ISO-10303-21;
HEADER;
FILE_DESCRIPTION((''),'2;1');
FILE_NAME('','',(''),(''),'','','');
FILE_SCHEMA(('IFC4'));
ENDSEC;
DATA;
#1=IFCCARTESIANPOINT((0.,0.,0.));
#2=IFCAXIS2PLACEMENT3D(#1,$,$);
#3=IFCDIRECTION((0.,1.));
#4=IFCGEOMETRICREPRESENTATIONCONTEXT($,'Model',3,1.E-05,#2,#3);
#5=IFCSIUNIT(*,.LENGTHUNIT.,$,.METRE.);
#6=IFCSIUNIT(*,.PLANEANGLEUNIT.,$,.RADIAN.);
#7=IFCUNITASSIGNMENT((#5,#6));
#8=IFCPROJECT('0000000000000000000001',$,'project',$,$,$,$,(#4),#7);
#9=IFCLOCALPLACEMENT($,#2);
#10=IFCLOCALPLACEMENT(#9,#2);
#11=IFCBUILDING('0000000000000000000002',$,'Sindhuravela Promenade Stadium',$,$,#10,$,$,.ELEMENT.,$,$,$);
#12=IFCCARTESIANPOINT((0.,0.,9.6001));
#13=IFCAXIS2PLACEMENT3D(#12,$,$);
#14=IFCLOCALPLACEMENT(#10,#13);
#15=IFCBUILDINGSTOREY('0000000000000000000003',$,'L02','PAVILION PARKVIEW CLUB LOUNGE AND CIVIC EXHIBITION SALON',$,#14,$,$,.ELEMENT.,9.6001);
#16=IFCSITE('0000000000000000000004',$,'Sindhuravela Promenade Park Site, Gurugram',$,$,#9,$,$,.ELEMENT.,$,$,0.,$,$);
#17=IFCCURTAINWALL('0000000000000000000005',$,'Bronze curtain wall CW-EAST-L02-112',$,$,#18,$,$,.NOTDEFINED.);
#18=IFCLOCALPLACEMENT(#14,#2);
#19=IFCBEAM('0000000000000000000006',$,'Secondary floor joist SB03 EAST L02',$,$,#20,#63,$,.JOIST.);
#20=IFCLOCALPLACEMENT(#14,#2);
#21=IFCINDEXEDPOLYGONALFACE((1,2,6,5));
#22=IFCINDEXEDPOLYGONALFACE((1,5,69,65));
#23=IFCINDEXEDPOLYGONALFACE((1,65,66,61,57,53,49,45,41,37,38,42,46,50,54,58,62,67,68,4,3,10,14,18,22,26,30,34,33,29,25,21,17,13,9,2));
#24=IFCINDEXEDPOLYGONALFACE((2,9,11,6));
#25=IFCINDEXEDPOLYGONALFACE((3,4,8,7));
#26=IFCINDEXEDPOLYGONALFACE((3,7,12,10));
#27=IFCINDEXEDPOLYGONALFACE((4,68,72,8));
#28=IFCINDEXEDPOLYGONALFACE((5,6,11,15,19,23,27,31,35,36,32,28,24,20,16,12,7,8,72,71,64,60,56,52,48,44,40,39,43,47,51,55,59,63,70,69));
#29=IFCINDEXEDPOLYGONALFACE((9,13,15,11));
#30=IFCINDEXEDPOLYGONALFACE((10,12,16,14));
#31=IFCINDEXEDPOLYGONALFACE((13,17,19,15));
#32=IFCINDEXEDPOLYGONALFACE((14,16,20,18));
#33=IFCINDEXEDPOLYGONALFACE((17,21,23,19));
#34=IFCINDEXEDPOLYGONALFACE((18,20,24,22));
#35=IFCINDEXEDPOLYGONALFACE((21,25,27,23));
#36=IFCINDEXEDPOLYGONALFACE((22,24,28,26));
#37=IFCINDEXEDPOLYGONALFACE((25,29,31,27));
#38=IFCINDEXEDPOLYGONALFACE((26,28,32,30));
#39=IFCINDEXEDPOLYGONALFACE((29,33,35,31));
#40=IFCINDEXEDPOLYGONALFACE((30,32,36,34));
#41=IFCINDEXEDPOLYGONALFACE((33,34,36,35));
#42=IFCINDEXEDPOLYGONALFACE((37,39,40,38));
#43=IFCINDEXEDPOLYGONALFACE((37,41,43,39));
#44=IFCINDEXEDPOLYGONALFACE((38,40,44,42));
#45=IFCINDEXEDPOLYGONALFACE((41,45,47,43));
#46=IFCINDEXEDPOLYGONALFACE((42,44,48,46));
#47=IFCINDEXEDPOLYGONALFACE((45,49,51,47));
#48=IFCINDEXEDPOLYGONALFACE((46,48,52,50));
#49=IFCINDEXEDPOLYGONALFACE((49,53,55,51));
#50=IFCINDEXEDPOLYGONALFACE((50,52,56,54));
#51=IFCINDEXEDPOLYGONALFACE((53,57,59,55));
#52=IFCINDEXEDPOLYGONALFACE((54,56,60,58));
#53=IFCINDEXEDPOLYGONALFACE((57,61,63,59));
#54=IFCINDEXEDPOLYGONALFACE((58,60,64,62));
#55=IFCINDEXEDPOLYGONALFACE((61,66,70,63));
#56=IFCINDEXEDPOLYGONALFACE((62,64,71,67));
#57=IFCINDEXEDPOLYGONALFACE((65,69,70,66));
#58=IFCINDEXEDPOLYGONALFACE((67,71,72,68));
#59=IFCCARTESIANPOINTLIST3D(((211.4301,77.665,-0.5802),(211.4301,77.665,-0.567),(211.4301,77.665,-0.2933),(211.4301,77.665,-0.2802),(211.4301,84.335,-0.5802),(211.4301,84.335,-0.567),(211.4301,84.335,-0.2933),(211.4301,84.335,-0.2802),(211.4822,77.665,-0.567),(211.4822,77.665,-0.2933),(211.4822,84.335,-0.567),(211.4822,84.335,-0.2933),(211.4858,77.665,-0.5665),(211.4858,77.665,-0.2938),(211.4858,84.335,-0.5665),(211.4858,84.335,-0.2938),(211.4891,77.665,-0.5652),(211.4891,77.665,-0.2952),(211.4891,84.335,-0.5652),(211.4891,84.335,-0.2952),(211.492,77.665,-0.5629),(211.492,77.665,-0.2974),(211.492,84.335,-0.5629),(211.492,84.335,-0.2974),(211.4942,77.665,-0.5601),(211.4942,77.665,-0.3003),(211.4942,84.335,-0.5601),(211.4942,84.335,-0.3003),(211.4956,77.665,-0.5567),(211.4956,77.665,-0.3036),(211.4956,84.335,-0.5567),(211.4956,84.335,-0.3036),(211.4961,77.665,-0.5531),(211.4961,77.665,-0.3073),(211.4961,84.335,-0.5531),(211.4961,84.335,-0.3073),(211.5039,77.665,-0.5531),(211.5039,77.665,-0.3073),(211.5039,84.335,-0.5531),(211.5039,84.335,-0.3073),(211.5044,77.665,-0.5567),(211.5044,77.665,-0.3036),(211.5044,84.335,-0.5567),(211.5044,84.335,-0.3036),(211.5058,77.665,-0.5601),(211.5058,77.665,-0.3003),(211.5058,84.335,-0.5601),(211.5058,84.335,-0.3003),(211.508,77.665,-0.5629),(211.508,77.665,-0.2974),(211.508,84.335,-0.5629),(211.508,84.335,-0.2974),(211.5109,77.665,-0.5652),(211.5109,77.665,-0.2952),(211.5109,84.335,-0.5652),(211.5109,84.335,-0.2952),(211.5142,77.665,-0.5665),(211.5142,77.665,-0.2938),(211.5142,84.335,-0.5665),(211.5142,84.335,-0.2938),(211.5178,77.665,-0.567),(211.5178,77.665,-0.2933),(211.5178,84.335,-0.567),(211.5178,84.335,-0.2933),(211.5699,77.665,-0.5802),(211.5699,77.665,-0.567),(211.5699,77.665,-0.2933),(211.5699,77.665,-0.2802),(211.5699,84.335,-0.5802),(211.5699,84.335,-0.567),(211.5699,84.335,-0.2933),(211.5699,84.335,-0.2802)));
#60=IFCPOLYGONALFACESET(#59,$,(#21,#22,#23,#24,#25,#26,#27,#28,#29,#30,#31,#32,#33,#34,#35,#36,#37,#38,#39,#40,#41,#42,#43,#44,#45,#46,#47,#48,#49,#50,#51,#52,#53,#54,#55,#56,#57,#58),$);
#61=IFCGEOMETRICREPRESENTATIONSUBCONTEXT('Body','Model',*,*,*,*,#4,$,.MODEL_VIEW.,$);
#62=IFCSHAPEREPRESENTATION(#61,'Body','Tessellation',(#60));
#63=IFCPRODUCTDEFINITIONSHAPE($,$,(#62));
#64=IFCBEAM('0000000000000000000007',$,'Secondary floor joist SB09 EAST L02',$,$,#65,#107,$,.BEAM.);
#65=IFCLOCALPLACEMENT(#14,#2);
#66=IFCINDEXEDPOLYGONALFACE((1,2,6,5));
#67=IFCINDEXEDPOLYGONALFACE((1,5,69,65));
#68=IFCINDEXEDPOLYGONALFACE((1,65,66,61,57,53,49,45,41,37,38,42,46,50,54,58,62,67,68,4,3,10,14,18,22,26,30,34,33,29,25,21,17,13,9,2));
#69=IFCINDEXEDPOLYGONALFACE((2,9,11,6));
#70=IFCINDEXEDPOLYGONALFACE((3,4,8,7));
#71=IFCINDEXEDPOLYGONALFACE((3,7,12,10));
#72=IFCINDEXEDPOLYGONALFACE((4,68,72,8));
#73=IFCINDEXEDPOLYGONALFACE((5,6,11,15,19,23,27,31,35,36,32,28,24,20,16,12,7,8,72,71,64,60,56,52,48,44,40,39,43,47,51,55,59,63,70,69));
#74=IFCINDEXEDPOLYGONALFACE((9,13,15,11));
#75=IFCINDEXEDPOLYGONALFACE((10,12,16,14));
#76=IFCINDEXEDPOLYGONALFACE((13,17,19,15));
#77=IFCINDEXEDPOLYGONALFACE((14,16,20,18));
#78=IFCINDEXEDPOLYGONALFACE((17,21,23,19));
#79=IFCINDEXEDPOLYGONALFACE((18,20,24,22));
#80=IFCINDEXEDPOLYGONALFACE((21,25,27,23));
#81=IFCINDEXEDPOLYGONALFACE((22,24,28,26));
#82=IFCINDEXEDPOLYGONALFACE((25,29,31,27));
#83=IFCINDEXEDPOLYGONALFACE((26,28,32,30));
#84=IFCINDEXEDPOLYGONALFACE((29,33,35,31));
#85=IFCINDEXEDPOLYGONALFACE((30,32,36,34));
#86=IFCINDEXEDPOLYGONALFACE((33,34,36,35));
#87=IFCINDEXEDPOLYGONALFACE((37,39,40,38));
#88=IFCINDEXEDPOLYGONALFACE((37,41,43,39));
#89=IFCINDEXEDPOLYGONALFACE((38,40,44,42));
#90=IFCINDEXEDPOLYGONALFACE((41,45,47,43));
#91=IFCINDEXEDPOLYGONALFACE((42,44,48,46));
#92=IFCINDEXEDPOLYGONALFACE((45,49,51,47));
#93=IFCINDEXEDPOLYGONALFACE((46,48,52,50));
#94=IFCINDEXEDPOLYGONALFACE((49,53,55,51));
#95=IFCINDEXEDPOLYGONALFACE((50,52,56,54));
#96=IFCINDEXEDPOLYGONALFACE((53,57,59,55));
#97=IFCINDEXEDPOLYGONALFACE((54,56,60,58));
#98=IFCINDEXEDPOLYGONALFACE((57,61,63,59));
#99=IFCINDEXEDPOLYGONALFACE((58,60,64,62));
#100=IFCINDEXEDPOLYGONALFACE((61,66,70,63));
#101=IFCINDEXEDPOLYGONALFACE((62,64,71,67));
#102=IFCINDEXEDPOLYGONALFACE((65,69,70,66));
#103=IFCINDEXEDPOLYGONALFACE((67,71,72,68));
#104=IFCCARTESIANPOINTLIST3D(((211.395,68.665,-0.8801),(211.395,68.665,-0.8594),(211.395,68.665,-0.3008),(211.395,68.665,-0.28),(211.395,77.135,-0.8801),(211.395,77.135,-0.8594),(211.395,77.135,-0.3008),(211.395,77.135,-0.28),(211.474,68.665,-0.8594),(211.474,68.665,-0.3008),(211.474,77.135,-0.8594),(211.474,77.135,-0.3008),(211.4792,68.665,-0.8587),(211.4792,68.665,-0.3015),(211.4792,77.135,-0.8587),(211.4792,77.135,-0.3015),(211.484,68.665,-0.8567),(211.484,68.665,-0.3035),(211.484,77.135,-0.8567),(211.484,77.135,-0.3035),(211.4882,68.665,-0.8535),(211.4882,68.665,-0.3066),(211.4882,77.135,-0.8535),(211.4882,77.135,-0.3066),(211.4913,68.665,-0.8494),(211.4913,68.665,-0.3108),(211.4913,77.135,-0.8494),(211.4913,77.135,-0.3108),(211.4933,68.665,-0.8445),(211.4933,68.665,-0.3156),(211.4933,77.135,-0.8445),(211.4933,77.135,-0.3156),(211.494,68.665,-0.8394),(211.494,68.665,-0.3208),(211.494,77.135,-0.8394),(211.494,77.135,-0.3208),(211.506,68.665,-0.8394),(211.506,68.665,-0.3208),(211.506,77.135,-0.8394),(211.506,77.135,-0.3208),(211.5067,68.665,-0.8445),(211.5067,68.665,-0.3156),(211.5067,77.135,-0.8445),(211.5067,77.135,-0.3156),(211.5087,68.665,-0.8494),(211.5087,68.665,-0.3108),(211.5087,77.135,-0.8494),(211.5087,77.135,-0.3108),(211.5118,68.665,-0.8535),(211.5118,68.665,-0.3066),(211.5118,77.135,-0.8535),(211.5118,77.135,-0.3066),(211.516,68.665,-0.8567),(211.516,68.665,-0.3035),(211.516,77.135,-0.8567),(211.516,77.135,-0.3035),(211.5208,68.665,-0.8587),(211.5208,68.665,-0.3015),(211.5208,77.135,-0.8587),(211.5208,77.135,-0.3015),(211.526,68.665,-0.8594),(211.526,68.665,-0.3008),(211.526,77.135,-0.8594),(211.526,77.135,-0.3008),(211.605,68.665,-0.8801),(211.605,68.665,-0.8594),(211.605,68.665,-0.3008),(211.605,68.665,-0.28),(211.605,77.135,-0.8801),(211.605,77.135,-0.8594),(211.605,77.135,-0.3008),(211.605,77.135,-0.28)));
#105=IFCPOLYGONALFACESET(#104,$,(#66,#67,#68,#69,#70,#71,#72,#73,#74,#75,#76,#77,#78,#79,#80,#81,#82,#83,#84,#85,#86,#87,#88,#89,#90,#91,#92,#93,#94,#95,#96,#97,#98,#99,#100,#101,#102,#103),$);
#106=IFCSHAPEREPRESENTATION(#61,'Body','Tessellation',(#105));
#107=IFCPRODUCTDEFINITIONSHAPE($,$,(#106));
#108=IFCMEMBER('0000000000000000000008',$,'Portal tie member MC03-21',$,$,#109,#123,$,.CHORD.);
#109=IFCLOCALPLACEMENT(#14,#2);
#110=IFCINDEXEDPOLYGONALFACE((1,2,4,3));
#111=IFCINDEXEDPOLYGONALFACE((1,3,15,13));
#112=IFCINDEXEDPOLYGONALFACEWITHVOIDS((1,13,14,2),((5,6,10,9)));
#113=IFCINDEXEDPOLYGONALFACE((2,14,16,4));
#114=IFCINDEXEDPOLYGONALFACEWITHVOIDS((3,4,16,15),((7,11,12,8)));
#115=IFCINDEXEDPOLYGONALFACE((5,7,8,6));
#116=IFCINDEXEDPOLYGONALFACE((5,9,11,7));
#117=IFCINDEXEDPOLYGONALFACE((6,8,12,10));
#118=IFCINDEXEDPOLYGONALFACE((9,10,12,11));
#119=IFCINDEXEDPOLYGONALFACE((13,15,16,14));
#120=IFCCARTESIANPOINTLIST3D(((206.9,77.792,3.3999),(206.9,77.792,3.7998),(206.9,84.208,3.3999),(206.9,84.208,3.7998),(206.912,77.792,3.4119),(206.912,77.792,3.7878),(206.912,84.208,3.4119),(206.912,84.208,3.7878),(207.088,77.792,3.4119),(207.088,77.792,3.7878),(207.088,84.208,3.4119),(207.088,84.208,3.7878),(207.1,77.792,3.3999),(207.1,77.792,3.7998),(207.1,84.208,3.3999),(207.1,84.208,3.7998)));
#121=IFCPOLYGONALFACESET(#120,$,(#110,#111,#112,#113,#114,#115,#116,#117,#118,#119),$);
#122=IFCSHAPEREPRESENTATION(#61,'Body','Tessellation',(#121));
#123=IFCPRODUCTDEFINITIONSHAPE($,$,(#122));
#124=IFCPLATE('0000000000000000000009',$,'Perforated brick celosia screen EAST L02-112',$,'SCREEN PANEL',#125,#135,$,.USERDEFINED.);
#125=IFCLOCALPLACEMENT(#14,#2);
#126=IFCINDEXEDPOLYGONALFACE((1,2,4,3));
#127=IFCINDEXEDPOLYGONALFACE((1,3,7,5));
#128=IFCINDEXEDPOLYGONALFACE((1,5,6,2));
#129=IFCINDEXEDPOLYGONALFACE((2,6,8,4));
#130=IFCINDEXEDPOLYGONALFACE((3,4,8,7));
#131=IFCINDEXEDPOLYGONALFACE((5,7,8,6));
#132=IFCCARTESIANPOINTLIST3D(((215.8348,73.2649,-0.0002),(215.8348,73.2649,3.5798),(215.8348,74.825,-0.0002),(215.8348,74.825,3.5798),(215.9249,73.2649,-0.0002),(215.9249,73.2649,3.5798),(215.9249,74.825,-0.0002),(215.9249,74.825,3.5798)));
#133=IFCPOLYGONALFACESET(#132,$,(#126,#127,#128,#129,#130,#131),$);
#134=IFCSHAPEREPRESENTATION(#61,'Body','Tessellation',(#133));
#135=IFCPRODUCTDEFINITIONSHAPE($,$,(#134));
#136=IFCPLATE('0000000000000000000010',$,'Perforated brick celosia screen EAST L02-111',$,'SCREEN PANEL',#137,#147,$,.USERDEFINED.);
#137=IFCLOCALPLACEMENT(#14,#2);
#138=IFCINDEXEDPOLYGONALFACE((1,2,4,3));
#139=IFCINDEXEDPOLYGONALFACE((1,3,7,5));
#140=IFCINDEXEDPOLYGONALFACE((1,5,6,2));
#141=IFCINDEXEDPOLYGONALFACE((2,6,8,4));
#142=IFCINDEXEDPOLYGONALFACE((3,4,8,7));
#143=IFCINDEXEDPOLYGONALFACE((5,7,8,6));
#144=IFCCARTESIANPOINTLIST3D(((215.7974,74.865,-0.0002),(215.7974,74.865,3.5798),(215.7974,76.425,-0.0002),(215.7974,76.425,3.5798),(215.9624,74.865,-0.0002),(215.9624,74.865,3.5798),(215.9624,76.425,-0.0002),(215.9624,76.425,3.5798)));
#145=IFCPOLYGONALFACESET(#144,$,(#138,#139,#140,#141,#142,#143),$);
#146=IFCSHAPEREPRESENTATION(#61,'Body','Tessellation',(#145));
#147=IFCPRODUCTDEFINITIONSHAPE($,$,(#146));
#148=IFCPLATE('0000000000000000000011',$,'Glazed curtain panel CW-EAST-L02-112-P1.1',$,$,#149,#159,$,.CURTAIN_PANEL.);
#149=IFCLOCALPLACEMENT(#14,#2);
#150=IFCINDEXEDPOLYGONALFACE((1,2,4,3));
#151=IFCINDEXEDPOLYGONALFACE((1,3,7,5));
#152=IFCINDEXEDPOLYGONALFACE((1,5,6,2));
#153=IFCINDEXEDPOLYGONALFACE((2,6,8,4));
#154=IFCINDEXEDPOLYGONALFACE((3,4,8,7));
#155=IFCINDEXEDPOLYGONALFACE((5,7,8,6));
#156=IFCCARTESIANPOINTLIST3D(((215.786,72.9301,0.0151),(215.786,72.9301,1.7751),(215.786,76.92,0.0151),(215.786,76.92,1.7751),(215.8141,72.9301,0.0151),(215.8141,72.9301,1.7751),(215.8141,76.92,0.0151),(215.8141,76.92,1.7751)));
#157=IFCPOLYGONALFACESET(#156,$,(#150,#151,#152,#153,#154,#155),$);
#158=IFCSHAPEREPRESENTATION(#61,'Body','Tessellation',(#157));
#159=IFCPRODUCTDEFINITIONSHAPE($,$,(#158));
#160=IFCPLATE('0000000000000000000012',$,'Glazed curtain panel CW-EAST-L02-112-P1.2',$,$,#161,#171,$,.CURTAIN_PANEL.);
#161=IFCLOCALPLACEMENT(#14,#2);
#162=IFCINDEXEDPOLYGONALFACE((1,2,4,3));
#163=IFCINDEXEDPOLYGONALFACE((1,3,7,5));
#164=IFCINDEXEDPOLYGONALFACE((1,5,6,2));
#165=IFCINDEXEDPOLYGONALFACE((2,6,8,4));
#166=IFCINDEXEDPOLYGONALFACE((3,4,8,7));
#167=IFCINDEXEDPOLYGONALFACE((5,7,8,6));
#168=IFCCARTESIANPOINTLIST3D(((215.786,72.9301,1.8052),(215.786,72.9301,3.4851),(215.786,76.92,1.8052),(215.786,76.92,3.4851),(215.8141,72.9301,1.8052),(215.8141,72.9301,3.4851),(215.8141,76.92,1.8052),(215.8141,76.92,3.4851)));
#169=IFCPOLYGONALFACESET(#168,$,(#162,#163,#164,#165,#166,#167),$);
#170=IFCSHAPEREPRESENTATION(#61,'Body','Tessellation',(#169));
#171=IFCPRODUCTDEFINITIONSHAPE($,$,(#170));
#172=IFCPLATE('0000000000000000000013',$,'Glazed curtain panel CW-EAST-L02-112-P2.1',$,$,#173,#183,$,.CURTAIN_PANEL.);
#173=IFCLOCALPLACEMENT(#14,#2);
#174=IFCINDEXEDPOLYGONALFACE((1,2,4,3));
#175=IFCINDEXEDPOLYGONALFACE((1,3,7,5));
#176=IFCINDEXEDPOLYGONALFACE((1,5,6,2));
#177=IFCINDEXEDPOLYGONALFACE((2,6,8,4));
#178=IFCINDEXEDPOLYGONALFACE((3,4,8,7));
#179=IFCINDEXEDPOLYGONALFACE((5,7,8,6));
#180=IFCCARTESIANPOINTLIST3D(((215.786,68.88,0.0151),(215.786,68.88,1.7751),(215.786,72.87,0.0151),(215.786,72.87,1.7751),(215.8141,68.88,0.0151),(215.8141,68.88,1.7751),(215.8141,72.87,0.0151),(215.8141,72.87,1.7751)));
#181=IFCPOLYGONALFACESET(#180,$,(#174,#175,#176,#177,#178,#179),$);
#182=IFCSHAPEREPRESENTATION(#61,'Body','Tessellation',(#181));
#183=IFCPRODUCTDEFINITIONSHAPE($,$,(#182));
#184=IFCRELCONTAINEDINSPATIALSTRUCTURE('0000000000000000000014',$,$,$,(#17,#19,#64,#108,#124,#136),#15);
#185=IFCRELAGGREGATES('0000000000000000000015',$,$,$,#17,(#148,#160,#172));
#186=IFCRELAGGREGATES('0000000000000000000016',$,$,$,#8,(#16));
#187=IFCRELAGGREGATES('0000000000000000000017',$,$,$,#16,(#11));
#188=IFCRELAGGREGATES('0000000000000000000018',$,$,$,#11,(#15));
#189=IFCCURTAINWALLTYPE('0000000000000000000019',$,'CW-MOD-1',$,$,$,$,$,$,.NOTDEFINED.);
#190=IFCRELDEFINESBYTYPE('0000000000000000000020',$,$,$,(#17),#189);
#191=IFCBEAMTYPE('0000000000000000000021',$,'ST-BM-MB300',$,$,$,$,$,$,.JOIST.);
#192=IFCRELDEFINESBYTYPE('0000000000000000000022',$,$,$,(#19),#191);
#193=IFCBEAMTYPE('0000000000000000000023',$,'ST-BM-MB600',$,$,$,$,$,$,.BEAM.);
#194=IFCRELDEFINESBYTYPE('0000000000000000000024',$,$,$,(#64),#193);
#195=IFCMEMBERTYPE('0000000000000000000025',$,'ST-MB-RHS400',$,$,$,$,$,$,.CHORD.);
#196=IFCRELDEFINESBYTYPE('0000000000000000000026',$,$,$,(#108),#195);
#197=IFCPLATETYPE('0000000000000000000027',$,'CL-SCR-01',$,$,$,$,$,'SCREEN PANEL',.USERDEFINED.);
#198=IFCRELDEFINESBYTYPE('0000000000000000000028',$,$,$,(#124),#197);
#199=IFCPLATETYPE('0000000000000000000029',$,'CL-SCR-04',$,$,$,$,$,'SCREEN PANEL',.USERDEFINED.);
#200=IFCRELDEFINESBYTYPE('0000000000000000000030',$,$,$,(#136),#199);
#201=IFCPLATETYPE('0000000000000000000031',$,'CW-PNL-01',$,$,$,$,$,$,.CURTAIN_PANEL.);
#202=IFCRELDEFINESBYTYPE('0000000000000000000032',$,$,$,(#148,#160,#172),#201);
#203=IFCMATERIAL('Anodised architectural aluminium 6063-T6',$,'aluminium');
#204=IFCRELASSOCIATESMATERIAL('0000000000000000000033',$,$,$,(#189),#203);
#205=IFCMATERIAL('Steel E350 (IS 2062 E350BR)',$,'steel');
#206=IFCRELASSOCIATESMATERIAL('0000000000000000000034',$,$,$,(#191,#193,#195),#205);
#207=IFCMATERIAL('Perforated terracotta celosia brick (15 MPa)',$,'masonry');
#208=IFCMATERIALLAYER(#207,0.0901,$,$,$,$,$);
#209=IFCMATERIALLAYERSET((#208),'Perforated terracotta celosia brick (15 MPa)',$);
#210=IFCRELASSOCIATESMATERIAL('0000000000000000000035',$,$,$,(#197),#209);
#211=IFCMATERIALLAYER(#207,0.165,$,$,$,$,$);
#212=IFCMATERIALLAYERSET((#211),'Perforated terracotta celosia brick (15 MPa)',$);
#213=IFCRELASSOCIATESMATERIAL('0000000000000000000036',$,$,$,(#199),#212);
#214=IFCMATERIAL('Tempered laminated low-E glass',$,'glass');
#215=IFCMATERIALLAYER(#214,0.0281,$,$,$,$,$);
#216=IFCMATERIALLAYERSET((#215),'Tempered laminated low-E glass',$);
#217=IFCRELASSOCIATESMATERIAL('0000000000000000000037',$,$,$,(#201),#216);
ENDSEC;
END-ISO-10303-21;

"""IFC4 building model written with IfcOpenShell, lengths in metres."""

from ifc_helpers import new_model, si_unit, direction, frame, origin, origin_2d, place, context, subcontext, project, spatial, rectangle, hollow_rectangle, i_section, extrude, material, layer, layer_set, material_profile, profile_set, type_object, element, aggregate, save


model = new_model("IFC4")

# Units and contexts
model_context = context("Model", 3, precision=1e-05, world=origin(), true_north=direction((0.0, 1.0)))
body_context = subcontext(model_context, "Body", "Model", "MODEL_VIEW")
ifc_project = project(units=[si_unit("LENGTHUNIT", "METRE"), si_unit("PLANEANGLEUNIT", "RADIAN")], contexts=[model_context])

# Site, building, storey
site_placement = place(None, origin())
site = spatial("IfcSite", under=ifc_project, at=site_placement, Name="Sindhuravela Promenade Park Site, Gurugram", CompositionType="ELEMENT", RefElevation=0.0)
building_placement = place(site_placement, origin())
building = spatial("IfcBuilding", under=site, at=building_placement, Name="Sindhuravela Promenade Stadium", CompositionType="ELEMENT")
storey_placement = place(building_placement, frame((0.0, 0.0, 9.6001)))
storey = spatial("IfcBuildingStorey", under=building, at=storey_placement, Name="L02", Description="PAVILION PARKVIEW CLUB LOUNGE AND CIVIC EXHIBITION SALON", CompositionType="ELEMENT", Elevation=9.6001)

# Curtain wall
ifc_material_1 = material(Name="Anodised architectural aluminium 6063-T6", Category="aluminium")
curtain_wall_type_1 = type_object("IfcCurtainWallType", Name="CW-MOD-1", PredefinedType="NOTDEFINED", material=ifc_material_1)
curtain_wall_1_placement = place(storey_placement, origin())
curtain_wall_1 = element("IfcCurtainWall", 1, at=curtain_wall_1_placement, inside=storey, type_object=curtain_wall_type_1, Name="Bronze curtain wall CW-EAST-L02-112", PredefinedType="NOTDEFINED")

# Beams
ifc_material_2 = material(Name="Steel E350 (IS 2062 E350BR)", Category="steel")
ifc_material_profile_1 = material_profile(ifc_material_2, i_section(OverallWidth=0.1399, OverallDepth=0.3, WebThickness=0.0078, FlangeThickness=0.0132, FilletRadius=0.0139, at=origin_2d()), Name="ISMB 300")
ifc_profile_set_1 = profile_set([ifc_material_profile_1], Name="Steel E350 (IS 2062 E350BR)")
beam_type_1 = type_object("IfcBeamType", Name="ST-BM-MB300", PredefinedType="JOIST", material=ifc_profile_set_1)
beam_1_placement = place(storey_placement, frame((211.5, 77.665, -0.4302), z_axis=(0.0, 1.0, 0.0), x_axis=(-1.0, 0.0, 0.0)))
element("IfcBeam", 2, at=beam_1_placement, inside=storey, type_object=beam_type_1, Name="Secondary floor joist SB03 EAST L02", PredefinedType="JOIST", context=body_context, shape_type="SweptSolid", body=[
    extrude(i_section(OverallWidth=0.1399, OverallDepth=0.3, WebThickness=0.0078, FlangeThickness=0.0132, FilletRadius=0.0139, at=origin_2d()), origin(), (0.0, 0.0, 1.0), 6.6699),
])
ifc_material_profile_2 = material_profile(ifc_material_2, i_section(OverallWidth=0.21, OverallDepth=0.6001, WebThickness=0.012, FlangeThickness=0.0208, FilletRadius=0.02, at=origin_2d()), Name="ISMB 600")
ifc_profile_set_2 = profile_set([ifc_material_profile_2], Name="Steel E350 (IS 2062 E350BR)")
beam_type_2 = type_object("IfcBeamType", Name="ST-BM-MB600", PredefinedType="BEAM", material=ifc_profile_set_2)
beam_2_placement = place(storey_placement, frame((211.5, 68.665, -0.5801), z_axis=(0.0, 1.0, 0.0), x_axis=(-1.0, 0.0, 0.0)))
element("IfcBeam", 3, at=beam_2_placement, inside=storey, type_object=beam_type_2, Name="Secondary floor joist SB09 EAST L02", PredefinedType="BEAM", context=body_context, shape_type="SweptSolid", body=[
    extrude(i_section(OverallWidth=0.21, OverallDepth=0.6001, WebThickness=0.012, FlangeThickness=0.0208, FilletRadius=0.02, at=origin_2d()), origin(), (0.0, 0.0, 1.0), 8.47),
])

# Member
ifc_material_profile_3 = material_profile(ifc_material_2, hollow_rectangle(XDim=0.2, YDim=0.3999, WallThickness=0.012, at=origin_2d()), Name="RHS 400x200x12")
ifc_profile_set_3 = profile_set([ifc_material_profile_3], Name="Steel E350 (IS 2062 E350BR)")
member_type_1 = type_object("IfcMemberType", Name="ST-MB-RHS400", PredefinedType="CHORD", material=ifc_profile_set_3)
member_1_placement = place(storey_placement, frame((207.0, 77.792, 3.5999), z_axis=(0.0, 1.0, 0.0), x_axis=(-1.0, 0.0, 0.0)))
element("IfcMember", 4, at=member_1_placement, inside=storey, type_object=member_type_1, Name="Portal tie member MC03-21", PredefinedType="CHORD", context=body_context, shape_type="SweptSolid", body=[
    extrude(hollow_rectangle(XDim=0.2, YDim=0.3999, WallThickness=0.012, at=origin_2d()), origin(), (0.0, 0.0, 1.0), 6.416),
])

# Plates
ifc_material_3 = material(Name="Perforated terracotta celosia brick (15 MPa)", Category="masonry")
ifc_layer_1 = layer(ifc_material_3, 0.0901)
ifc_layer_set_1 = layer_set([ifc_layer_1], Name="Perforated terracotta celosia brick (15 MPa)")
plate_type_1 = type_object("IfcPlateType", Name="CL-SCR-01", ElementType="SCREEN PANEL", PredefinedType="USERDEFINED", material=ifc_layer_set_1)
plate_1_placement = place(storey_placement, frame((215.8799, 74.0449, -0.0002), z_axis=(0.0, 0.0, 1.0), x_axis=(0.0, -1.0, 0.0)))
element("IfcPlate", 5, at=plate_1_placement, inside=storey, type_object=plate_type_1, Name="Perforated brick celosia screen EAST L02-112", ObjectType="SCREEN PANEL", PredefinedType="USERDEFINED", context=body_context, shape_type="SweptSolid", body=[
    extrude(rectangle(XDim=1.5601, YDim=0.0901, at=origin_2d()), origin(), (0.0, 0.0, 1.0), 3.5801),
])
ifc_layer_2 = layer(ifc_material_3, 0.165)
ifc_layer_set_2 = layer_set([ifc_layer_2], Name="Perforated terracotta celosia brick (15 MPa)")
plate_type_2 = type_object("IfcPlateType", Name="CL-SCR-04", ElementType="SCREEN PANEL", PredefinedType="USERDEFINED", material=ifc_layer_set_2)
plate_2_placement = place(storey_placement, frame((215.8799, 75.645, -0.0002), z_axis=(0.0, 0.0, 1.0), x_axis=(0.0, -1.0, 0.0)))
element("IfcPlate", 6, at=plate_2_placement, inside=storey, type_object=plate_type_2, Name="Perforated brick celosia screen EAST L02-111", ObjectType="SCREEN PANEL", PredefinedType="USERDEFINED", context=body_context, shape_type="SweptSolid", body=[
    extrude(rectangle(XDim=1.5601, YDim=0.165, at=origin_2d()), origin(), (0.0, 0.0, 1.0), 3.5801),
])

# Plates
ifc_material_4 = material(Name="Tempered laminated low-E glass", Category="glass")
ifc_layer_3 = layer(ifc_material_4, 0.0281)
ifc_layer_set_3 = layer_set([ifc_layer_3], Name="Tempered laminated low-E glass")
plate_type_3 = type_object("IfcPlateType", Name="CW-PNL-01", PredefinedType="CURTAIN_PANEL", material=ifc_layer_set_3)
plate_3_placement = place(storey_placement, frame((215.8, 74.925, 0.0151), z_axis=(0.0, 0.0, 1.0), x_axis=(0.0, -1.0, 0.0)))
plate_3 = element("IfcPlate", 7, at=plate_3_placement, type_object=plate_type_3, Name="Glazed curtain panel CW-EAST-L02-112-P1.1", PredefinedType="CURTAIN_PANEL", context=body_context, shape_type="SweptSolid", body=[
    extrude(rectangle(XDim=3.99, YDim=0.0281, at=origin_2d()), origin(), (0.0, 0.0, 1.0), 1.76),
])
plate_4_placement = place(storey_placement, frame((215.8, 74.925, 1.8052), z_axis=(0.0, 0.0, 1.0), x_axis=(0.0, -1.0, 0.0)))
plate_4 = element("IfcPlate", 8, at=plate_4_placement, type_object=plate_type_3, Name="Glazed curtain panel CW-EAST-L02-112-P1.2", PredefinedType="CURTAIN_PANEL", context=body_context, shape_type="SweptSolid", body=[
    extrude(rectangle(XDim=3.99, YDim=0.0281, at=origin_2d()), origin(), (0.0, 0.0, 1.0), 1.6799),
])
plate_5_placement = place(storey_placement, frame((215.8, 70.875, 0.0151), z_axis=(0.0, 0.0, 1.0), x_axis=(0.0, -1.0, 0.0)))
plate_5 = element("IfcPlate", 9, at=plate_5_placement, type_object=plate_type_3, Name="Glazed curtain panel CW-EAST-L02-112-P2.1", PredefinedType="CURTAIN_PANEL", context=body_context, shape_type="SweptSolid", body=[
    extrude(rectangle(XDim=3.99, YDim=0.0281, at=origin_2d()), origin(), (0.0, 0.0, 1.0), 1.76),
])
aggregate(curtain_wall_1, [plate_3, plate_4, plate_5])

save(model, "model.ifc")
